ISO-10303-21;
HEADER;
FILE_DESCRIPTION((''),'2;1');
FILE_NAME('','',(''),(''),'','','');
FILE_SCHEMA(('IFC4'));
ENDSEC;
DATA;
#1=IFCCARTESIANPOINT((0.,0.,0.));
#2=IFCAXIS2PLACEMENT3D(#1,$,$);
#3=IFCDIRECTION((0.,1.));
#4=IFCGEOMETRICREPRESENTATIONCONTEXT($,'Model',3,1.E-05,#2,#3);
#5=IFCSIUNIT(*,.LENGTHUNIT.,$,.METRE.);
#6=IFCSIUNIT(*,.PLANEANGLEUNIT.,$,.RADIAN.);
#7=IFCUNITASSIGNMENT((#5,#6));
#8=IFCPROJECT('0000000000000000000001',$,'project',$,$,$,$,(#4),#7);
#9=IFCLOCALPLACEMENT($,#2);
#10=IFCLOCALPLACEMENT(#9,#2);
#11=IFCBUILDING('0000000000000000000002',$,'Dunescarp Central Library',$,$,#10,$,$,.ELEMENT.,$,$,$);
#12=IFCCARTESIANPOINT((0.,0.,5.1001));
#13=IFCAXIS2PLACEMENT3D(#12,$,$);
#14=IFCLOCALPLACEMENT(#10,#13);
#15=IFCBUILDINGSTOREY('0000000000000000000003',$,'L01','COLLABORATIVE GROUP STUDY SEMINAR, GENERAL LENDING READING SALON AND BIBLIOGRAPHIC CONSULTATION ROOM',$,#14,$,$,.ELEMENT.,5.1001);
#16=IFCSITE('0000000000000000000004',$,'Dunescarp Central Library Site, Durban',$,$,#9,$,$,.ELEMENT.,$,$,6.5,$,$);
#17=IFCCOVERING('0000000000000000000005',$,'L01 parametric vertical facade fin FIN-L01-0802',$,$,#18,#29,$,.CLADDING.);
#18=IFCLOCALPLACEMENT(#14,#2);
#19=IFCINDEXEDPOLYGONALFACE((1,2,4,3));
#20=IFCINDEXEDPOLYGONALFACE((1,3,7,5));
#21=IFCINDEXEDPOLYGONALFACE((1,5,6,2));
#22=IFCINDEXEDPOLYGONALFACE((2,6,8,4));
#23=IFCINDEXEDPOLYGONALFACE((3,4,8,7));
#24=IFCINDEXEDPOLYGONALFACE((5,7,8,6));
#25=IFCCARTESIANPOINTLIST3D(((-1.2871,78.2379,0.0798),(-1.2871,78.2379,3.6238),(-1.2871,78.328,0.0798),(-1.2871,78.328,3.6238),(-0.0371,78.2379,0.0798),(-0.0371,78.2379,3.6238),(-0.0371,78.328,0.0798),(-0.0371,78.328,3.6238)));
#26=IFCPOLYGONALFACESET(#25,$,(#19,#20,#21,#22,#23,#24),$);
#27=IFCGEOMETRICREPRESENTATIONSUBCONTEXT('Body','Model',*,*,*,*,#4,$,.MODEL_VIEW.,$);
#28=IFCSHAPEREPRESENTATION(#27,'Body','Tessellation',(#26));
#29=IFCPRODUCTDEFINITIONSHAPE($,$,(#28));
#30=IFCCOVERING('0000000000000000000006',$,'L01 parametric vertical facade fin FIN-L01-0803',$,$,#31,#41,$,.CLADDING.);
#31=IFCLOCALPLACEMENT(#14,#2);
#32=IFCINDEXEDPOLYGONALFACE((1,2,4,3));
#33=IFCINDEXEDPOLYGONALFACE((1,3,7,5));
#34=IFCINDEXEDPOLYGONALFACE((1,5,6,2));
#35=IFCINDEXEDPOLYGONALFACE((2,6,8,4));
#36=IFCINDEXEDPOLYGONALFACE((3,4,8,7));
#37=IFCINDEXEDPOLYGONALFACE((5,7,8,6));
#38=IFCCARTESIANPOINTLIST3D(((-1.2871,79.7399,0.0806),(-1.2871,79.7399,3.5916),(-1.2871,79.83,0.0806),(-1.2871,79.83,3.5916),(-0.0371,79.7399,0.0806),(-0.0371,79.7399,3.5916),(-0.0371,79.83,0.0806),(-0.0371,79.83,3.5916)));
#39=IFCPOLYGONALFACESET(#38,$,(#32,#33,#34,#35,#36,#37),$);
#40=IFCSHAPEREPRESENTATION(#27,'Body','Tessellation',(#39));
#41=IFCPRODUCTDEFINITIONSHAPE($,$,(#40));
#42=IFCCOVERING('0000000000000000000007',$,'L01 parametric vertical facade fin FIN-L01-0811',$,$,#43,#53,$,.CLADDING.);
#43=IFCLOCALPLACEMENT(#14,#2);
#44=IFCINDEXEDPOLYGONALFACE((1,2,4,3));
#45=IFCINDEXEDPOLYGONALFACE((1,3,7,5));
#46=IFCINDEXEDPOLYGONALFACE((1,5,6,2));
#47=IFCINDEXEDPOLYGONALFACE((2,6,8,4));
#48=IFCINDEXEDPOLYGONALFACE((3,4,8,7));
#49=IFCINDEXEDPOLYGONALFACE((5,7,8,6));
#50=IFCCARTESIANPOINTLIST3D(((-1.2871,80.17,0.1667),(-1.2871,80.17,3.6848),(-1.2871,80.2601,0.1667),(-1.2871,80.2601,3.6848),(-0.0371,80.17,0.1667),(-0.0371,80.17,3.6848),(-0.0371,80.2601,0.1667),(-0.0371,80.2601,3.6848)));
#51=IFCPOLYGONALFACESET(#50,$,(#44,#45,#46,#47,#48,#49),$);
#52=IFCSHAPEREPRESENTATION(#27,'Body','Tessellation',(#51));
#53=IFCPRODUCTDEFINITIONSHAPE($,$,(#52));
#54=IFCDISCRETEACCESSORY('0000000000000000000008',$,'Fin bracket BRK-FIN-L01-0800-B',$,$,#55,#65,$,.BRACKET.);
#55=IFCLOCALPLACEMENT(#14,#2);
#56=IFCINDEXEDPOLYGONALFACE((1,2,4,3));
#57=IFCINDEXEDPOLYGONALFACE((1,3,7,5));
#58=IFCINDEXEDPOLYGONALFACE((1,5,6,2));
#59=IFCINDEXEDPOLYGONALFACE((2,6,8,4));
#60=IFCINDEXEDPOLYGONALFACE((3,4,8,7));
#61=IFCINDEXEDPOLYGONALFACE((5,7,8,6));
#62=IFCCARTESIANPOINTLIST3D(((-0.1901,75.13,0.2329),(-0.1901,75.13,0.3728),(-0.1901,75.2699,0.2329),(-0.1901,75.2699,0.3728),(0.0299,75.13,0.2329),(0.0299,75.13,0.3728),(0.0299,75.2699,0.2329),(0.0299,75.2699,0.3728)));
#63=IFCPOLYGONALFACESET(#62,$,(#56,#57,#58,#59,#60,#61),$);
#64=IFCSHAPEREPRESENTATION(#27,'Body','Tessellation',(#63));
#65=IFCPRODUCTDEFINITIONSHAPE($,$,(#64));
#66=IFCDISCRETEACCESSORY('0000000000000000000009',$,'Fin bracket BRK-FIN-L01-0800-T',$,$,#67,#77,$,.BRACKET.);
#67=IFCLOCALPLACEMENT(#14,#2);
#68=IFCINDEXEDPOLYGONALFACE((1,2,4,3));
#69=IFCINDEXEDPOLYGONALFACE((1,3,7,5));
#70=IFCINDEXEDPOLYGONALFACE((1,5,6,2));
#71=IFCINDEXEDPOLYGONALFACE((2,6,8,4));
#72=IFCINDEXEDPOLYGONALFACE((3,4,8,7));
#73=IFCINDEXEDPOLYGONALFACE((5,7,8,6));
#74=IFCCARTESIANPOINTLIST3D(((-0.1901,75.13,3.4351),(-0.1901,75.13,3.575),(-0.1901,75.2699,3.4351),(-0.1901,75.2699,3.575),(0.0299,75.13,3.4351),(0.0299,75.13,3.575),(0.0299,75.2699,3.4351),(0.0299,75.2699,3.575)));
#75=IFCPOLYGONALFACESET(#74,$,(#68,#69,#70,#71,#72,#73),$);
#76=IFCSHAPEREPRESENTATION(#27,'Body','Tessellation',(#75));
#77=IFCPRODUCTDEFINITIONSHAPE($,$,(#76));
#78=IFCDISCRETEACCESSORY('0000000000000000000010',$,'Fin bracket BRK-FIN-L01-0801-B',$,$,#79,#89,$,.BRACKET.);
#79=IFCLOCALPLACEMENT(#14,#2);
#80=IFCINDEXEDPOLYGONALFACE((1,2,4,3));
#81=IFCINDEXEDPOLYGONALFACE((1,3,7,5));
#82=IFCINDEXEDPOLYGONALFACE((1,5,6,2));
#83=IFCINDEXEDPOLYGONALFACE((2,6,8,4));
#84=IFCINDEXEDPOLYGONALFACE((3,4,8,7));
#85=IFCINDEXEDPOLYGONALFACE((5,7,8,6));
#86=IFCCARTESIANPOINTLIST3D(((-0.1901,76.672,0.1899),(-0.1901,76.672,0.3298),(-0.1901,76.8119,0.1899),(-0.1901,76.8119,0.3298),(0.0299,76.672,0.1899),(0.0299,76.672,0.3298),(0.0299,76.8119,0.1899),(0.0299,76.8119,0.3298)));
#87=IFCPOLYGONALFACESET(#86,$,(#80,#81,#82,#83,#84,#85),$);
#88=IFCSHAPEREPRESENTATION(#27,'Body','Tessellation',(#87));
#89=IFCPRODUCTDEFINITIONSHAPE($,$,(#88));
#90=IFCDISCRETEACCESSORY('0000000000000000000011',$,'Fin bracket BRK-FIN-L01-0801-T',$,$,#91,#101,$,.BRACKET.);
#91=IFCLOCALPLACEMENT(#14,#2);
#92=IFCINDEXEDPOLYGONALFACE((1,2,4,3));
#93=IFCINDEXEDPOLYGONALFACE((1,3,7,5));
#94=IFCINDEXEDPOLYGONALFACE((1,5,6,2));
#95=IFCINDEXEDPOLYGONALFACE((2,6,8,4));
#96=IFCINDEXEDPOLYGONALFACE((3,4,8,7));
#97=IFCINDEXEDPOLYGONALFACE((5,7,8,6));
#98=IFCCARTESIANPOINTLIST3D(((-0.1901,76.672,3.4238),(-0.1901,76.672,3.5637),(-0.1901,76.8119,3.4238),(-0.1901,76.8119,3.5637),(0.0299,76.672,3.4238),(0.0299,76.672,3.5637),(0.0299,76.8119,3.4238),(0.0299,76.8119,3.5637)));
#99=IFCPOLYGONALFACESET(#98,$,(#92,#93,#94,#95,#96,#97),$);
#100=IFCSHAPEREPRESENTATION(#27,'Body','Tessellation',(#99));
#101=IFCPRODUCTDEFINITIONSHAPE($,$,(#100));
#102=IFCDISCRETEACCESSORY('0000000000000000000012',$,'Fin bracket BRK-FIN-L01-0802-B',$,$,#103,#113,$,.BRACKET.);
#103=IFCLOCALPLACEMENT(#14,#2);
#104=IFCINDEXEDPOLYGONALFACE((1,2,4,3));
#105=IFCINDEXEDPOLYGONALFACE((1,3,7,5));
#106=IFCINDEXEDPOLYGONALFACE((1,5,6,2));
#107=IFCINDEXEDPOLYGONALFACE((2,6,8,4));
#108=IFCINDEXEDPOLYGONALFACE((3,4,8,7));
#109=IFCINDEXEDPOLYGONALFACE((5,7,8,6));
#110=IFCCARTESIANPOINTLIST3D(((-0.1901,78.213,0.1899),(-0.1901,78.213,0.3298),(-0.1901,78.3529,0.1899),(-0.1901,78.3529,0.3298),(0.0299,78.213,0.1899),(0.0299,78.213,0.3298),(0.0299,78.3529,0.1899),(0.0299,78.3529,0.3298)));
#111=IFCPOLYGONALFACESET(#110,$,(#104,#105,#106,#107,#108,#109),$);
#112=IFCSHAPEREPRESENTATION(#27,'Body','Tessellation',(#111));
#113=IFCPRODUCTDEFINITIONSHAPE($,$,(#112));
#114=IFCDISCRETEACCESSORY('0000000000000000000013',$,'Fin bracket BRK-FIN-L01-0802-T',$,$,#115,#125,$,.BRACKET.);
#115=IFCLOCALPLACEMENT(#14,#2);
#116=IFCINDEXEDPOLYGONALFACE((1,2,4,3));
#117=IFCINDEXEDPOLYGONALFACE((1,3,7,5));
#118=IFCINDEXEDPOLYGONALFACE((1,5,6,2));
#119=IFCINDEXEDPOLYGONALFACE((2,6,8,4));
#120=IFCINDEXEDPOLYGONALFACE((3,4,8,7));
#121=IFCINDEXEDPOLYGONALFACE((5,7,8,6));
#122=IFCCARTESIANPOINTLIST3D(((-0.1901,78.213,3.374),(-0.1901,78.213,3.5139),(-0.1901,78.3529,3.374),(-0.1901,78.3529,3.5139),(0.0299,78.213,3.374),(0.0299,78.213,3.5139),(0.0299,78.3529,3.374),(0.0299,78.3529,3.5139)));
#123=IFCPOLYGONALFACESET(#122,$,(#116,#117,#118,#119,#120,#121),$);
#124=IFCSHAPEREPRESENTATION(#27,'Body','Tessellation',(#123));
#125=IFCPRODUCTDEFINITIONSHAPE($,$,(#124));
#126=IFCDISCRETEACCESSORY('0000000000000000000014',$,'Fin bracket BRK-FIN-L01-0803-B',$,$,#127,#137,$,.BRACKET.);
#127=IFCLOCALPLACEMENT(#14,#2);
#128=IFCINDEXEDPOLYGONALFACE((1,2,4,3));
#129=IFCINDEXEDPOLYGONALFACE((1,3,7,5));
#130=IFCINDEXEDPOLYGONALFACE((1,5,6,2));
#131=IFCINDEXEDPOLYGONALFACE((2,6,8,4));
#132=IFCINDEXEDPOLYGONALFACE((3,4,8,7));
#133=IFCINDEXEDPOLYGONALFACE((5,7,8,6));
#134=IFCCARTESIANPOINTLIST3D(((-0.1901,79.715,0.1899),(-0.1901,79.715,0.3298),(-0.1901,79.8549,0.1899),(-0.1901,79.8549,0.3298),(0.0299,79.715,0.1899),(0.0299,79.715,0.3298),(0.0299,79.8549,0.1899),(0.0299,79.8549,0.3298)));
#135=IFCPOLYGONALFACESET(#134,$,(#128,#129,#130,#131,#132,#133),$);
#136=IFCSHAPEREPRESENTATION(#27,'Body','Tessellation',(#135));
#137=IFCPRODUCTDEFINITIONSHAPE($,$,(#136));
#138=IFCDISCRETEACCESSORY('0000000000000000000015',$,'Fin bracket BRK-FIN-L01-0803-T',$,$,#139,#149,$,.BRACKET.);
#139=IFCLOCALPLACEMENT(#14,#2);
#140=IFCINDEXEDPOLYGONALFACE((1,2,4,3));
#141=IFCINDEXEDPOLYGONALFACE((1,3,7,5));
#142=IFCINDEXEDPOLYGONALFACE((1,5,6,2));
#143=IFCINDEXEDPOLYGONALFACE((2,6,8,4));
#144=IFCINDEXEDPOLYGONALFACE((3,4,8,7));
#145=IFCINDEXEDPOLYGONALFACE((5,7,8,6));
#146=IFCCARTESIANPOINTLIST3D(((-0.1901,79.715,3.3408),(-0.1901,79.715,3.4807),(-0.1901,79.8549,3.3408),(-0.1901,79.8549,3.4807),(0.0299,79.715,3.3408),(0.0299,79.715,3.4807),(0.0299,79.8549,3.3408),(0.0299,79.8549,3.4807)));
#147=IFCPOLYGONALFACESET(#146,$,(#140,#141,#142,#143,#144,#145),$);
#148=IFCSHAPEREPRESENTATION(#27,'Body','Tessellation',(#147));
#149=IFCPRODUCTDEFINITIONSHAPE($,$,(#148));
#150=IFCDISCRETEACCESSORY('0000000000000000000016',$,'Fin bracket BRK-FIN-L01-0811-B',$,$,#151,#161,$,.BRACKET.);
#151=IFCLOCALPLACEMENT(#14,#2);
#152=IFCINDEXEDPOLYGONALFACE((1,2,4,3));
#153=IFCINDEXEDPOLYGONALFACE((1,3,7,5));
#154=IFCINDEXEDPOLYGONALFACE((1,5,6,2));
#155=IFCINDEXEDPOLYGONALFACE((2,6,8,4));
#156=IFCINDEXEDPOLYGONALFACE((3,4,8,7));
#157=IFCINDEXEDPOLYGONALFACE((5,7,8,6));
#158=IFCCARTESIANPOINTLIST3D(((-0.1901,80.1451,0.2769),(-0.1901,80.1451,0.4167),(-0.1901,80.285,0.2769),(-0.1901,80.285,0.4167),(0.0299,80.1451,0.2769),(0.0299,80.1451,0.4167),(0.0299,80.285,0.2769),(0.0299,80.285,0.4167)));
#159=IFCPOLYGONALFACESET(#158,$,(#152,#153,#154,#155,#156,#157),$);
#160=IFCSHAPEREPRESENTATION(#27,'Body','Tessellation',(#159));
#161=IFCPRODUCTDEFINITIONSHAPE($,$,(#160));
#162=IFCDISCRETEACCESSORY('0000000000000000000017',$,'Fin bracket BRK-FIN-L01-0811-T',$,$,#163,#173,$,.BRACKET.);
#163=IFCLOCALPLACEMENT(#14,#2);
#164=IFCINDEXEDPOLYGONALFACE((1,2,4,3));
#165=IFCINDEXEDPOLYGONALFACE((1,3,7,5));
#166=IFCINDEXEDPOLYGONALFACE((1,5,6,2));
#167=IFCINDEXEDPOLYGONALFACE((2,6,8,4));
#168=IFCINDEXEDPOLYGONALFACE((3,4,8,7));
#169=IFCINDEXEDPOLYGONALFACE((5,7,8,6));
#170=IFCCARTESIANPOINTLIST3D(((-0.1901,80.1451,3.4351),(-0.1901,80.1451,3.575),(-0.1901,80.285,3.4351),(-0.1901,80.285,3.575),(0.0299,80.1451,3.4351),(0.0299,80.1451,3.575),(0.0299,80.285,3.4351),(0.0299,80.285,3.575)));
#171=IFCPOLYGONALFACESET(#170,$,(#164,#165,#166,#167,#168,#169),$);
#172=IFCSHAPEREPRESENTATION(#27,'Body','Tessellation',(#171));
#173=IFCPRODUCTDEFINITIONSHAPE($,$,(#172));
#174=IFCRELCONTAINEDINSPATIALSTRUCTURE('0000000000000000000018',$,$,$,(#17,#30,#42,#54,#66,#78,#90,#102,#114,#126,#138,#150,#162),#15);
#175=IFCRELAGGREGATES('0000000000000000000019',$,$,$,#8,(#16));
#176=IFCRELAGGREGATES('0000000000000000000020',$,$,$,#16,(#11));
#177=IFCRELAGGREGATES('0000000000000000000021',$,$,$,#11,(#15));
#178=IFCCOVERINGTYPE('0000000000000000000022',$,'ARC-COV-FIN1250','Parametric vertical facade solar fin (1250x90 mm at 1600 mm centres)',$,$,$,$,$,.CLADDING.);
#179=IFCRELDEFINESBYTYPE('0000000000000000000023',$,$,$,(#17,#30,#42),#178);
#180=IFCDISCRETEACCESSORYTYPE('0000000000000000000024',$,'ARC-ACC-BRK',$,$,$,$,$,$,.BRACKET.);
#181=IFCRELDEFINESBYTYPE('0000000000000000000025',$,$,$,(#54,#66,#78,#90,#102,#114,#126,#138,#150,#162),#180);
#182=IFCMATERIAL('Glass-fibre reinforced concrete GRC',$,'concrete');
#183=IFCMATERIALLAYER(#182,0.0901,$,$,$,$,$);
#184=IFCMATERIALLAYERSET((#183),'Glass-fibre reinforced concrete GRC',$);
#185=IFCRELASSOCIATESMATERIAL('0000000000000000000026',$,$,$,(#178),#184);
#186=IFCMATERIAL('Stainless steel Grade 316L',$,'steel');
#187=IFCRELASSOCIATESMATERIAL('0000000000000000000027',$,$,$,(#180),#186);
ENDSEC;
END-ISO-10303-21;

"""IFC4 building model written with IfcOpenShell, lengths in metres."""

from ifc_helpers import new_model, si_unit, direction, frame, origin, origin_2d, place, context, subcontext, project, spatial, rectangle, extrude, material, layer, layer_set, type_object, element, save


model = new_model("IFC4")

# Units and contexts
model_context = context("Model", 3, precision=1e-05, world=origin(), true_north=direction((0.0, 1.0)))
body_context = subcontext(model_context, "Body", "Model", "MODEL_VIEW")
ifc_project = project(units=[si_unit("LENGTHUNIT", "METRE"), si_unit("PLANEANGLEUNIT", "RADIAN")], contexts=[model_context])

# Site, building, storey
site_placement = place(None, origin())
site = spatial("IfcSite", under=ifc_project, at=site_placement, Name="Dunescarp Central Library Site, Durban", CompositionType="ELEMENT", RefElevation=6.5)
building_placement = place(site_placement, origin())
building = spatial("IfcBuilding", under=site, at=building_placement, Name="Dunescarp Central Library", CompositionType="ELEMENT")
storey_placement = place(building_placement, frame((0.0, 0.0, 5.1001)))
storey = spatial("IfcBuildingStorey", under=building, at=storey_placement, Name="L01", Description="COLLABORATIVE GROUP STUDY SEMINAR, GENERAL LENDING READING SALON AND BIBLIOGRAPHIC CONSULTATION ROOM", CompositionType="ELEMENT", Elevation=5.1001)

# Coverings
ifc_material_1 = material(Name="Glass-fibre reinforced concrete GRC", Category="concrete")
ifc_layer_1 = layer(ifc_material_1, 0.0901)
ifc_layer_set_1 = layer_set([ifc_layer_1], Name="Glass-fibre reinforced concrete GRC")
covering_type = type_object("IfcCoveringType", Name="ARC-COV-FIN1250", Description="Parametric vertical facade solar fin (1250x90 mm at 1600 mm centres)", PredefinedType="CLADDING", material=ifc_layer_set_1)
covering_1_placement = place(storey_placement, frame((-0.6621, 78.283, 0.0798), z_axis=(0.0, 0.0, 1.0), x_axis=(-1.0, 0.0, 0.0)))
element("IfcCovering", 1, at=covering_1_placement, inside=storey, type_object=covering_type, Name="L01 parametric vertical facade fin FIN-L01-0802", PredefinedType="CLADDING", context=body_context, shape_type="SweptSolid", body=[
    extrude(rectangle(XDim=1.25, YDim=0.0901, at=origin_2d()), origin(), (0.0, 0.0, 1.0), 3.5439),
])
covering_2_placement = place(storey_placement, frame((-0.6621, 79.7849, 0.0806), z_axis=(0.0, 0.0, 1.0), x_axis=(-1.0, 0.0, 0.0)))
element("IfcCovering", 2, at=covering_2_placement, inside=storey, type_object=covering_type, Name="L01 parametric vertical facade fin FIN-L01-0803", PredefinedType="CLADDING", context=body_context, shape_type="SweptSolid", body=[
    extrude(rectangle(XDim=1.25, YDim=0.0901, at=origin_2d()), origin(), (0.0, 0.0, 1.0), 3.511),
])
covering_3_placement = place(storey_placement, frame((-0.6621, 80.2151, 0.1667), z_axis=(0.0, 0.0, 1.0), x_axis=(-1.0, 0.0, 0.0)))
element("IfcCovering", 3, at=covering_3_placement, inside=storey, type_object=covering_type, Name="L01 parametric vertical facade fin FIN-L01-0811", PredefinedType="CLADDING", context=body_context, shape_type="SweptSolid", body=[
    extrude(rectangle(XDim=1.25, YDim=0.0901, at=origin_2d()), origin(), (0.0, 0.0, 1.0), 3.5181),
])

# Discrete accessories
ifc_material_2 = material(Name="Stainless steel Grade 316L", Category="steel")
discrete_accessory_type = type_object("IfcDiscreteAccessoryType", Name="ARC-ACC-BRK", PredefinedType="BRACKET", material=ifc_material_2)
for number, where, z_axis, x_axis, name in (
    (4, (-0.0801, 75.2, 0.2329), (0.0, 0.0, 1.0), (-1.0, 0.0, 0.0), "Fin bracket BRK-FIN-L01-0800-B"),
    (5, (-0.0801, 75.2, 3.4351), (0.0, 0.0, 1.0), (-1.0, 0.0, 0.0), "Fin bracket BRK-FIN-L01-0800-T"),
    (6, (-0.0801, 76.7419, 0.1899), (0.0, 0.0, 1.0), (-1.0, 0.0, 0.0), "Fin bracket BRK-FIN-L01-0801-B"),
    (7, (-0.0801, 76.7419, 3.4238), (0.0, 0.0, 1.0), (-1.0, 0.0, 0.0), "Fin bracket BRK-FIN-L01-0801-T"),
    (8, (-0.0801, 78.283, 0.1899), (0.0, 0.0, 1.0), (-1.0, 0.0, 0.0), "Fin bracket BRK-FIN-L01-0802-B"),
    (9, (-0.0801, 78.283, 3.374), (0.0, 0.0, 1.0), (-1.0, 0.0, 0.0), "Fin bracket BRK-FIN-L01-0802-T"),
    (10, (-0.0801, 79.7849, 0.1899), (0.0, 0.0, 1.0), (-1.0, 0.0, 0.0), "Fin bracket BRK-FIN-L01-0803-B"),
    (11, (-0.0801, 79.7849, 3.3408), (0.0, 0.0, 1.0), (-1.0, 0.0, 0.0), "Fin bracket BRK-FIN-L01-0803-T"),
    (12, (-0.0801, 80.2151, 0.2769), (0.0, 0.0, 1.0), (-1.0, 0.0, 0.0), "Fin bracket BRK-FIN-L01-0811-B"),
    (13, (-0.0801, 80.2151, 3.4351), (0.0, 0.0, 1.0), (-1.0, 0.0, 0.0), "Fin bracket BRK-FIN-L01-0811-T"),
):
    element("IfcDiscreteAccessory", number, at=place(storey_placement, frame(where, z_axis=z_axis, x_axis=x_axis)), inside=storey, type_object=discrete_accessory_type, Name=name, PredefinedType="BRACKET", context=body_context, shape_type="SweptSolid", body=[
        extrude(rectangle(XDim=0.22, YDim=0.1399, at=origin_2d()), origin(), (0.0, 0.0, 1.0), 0.1399),
    ])

save(model, "model.ifc")
